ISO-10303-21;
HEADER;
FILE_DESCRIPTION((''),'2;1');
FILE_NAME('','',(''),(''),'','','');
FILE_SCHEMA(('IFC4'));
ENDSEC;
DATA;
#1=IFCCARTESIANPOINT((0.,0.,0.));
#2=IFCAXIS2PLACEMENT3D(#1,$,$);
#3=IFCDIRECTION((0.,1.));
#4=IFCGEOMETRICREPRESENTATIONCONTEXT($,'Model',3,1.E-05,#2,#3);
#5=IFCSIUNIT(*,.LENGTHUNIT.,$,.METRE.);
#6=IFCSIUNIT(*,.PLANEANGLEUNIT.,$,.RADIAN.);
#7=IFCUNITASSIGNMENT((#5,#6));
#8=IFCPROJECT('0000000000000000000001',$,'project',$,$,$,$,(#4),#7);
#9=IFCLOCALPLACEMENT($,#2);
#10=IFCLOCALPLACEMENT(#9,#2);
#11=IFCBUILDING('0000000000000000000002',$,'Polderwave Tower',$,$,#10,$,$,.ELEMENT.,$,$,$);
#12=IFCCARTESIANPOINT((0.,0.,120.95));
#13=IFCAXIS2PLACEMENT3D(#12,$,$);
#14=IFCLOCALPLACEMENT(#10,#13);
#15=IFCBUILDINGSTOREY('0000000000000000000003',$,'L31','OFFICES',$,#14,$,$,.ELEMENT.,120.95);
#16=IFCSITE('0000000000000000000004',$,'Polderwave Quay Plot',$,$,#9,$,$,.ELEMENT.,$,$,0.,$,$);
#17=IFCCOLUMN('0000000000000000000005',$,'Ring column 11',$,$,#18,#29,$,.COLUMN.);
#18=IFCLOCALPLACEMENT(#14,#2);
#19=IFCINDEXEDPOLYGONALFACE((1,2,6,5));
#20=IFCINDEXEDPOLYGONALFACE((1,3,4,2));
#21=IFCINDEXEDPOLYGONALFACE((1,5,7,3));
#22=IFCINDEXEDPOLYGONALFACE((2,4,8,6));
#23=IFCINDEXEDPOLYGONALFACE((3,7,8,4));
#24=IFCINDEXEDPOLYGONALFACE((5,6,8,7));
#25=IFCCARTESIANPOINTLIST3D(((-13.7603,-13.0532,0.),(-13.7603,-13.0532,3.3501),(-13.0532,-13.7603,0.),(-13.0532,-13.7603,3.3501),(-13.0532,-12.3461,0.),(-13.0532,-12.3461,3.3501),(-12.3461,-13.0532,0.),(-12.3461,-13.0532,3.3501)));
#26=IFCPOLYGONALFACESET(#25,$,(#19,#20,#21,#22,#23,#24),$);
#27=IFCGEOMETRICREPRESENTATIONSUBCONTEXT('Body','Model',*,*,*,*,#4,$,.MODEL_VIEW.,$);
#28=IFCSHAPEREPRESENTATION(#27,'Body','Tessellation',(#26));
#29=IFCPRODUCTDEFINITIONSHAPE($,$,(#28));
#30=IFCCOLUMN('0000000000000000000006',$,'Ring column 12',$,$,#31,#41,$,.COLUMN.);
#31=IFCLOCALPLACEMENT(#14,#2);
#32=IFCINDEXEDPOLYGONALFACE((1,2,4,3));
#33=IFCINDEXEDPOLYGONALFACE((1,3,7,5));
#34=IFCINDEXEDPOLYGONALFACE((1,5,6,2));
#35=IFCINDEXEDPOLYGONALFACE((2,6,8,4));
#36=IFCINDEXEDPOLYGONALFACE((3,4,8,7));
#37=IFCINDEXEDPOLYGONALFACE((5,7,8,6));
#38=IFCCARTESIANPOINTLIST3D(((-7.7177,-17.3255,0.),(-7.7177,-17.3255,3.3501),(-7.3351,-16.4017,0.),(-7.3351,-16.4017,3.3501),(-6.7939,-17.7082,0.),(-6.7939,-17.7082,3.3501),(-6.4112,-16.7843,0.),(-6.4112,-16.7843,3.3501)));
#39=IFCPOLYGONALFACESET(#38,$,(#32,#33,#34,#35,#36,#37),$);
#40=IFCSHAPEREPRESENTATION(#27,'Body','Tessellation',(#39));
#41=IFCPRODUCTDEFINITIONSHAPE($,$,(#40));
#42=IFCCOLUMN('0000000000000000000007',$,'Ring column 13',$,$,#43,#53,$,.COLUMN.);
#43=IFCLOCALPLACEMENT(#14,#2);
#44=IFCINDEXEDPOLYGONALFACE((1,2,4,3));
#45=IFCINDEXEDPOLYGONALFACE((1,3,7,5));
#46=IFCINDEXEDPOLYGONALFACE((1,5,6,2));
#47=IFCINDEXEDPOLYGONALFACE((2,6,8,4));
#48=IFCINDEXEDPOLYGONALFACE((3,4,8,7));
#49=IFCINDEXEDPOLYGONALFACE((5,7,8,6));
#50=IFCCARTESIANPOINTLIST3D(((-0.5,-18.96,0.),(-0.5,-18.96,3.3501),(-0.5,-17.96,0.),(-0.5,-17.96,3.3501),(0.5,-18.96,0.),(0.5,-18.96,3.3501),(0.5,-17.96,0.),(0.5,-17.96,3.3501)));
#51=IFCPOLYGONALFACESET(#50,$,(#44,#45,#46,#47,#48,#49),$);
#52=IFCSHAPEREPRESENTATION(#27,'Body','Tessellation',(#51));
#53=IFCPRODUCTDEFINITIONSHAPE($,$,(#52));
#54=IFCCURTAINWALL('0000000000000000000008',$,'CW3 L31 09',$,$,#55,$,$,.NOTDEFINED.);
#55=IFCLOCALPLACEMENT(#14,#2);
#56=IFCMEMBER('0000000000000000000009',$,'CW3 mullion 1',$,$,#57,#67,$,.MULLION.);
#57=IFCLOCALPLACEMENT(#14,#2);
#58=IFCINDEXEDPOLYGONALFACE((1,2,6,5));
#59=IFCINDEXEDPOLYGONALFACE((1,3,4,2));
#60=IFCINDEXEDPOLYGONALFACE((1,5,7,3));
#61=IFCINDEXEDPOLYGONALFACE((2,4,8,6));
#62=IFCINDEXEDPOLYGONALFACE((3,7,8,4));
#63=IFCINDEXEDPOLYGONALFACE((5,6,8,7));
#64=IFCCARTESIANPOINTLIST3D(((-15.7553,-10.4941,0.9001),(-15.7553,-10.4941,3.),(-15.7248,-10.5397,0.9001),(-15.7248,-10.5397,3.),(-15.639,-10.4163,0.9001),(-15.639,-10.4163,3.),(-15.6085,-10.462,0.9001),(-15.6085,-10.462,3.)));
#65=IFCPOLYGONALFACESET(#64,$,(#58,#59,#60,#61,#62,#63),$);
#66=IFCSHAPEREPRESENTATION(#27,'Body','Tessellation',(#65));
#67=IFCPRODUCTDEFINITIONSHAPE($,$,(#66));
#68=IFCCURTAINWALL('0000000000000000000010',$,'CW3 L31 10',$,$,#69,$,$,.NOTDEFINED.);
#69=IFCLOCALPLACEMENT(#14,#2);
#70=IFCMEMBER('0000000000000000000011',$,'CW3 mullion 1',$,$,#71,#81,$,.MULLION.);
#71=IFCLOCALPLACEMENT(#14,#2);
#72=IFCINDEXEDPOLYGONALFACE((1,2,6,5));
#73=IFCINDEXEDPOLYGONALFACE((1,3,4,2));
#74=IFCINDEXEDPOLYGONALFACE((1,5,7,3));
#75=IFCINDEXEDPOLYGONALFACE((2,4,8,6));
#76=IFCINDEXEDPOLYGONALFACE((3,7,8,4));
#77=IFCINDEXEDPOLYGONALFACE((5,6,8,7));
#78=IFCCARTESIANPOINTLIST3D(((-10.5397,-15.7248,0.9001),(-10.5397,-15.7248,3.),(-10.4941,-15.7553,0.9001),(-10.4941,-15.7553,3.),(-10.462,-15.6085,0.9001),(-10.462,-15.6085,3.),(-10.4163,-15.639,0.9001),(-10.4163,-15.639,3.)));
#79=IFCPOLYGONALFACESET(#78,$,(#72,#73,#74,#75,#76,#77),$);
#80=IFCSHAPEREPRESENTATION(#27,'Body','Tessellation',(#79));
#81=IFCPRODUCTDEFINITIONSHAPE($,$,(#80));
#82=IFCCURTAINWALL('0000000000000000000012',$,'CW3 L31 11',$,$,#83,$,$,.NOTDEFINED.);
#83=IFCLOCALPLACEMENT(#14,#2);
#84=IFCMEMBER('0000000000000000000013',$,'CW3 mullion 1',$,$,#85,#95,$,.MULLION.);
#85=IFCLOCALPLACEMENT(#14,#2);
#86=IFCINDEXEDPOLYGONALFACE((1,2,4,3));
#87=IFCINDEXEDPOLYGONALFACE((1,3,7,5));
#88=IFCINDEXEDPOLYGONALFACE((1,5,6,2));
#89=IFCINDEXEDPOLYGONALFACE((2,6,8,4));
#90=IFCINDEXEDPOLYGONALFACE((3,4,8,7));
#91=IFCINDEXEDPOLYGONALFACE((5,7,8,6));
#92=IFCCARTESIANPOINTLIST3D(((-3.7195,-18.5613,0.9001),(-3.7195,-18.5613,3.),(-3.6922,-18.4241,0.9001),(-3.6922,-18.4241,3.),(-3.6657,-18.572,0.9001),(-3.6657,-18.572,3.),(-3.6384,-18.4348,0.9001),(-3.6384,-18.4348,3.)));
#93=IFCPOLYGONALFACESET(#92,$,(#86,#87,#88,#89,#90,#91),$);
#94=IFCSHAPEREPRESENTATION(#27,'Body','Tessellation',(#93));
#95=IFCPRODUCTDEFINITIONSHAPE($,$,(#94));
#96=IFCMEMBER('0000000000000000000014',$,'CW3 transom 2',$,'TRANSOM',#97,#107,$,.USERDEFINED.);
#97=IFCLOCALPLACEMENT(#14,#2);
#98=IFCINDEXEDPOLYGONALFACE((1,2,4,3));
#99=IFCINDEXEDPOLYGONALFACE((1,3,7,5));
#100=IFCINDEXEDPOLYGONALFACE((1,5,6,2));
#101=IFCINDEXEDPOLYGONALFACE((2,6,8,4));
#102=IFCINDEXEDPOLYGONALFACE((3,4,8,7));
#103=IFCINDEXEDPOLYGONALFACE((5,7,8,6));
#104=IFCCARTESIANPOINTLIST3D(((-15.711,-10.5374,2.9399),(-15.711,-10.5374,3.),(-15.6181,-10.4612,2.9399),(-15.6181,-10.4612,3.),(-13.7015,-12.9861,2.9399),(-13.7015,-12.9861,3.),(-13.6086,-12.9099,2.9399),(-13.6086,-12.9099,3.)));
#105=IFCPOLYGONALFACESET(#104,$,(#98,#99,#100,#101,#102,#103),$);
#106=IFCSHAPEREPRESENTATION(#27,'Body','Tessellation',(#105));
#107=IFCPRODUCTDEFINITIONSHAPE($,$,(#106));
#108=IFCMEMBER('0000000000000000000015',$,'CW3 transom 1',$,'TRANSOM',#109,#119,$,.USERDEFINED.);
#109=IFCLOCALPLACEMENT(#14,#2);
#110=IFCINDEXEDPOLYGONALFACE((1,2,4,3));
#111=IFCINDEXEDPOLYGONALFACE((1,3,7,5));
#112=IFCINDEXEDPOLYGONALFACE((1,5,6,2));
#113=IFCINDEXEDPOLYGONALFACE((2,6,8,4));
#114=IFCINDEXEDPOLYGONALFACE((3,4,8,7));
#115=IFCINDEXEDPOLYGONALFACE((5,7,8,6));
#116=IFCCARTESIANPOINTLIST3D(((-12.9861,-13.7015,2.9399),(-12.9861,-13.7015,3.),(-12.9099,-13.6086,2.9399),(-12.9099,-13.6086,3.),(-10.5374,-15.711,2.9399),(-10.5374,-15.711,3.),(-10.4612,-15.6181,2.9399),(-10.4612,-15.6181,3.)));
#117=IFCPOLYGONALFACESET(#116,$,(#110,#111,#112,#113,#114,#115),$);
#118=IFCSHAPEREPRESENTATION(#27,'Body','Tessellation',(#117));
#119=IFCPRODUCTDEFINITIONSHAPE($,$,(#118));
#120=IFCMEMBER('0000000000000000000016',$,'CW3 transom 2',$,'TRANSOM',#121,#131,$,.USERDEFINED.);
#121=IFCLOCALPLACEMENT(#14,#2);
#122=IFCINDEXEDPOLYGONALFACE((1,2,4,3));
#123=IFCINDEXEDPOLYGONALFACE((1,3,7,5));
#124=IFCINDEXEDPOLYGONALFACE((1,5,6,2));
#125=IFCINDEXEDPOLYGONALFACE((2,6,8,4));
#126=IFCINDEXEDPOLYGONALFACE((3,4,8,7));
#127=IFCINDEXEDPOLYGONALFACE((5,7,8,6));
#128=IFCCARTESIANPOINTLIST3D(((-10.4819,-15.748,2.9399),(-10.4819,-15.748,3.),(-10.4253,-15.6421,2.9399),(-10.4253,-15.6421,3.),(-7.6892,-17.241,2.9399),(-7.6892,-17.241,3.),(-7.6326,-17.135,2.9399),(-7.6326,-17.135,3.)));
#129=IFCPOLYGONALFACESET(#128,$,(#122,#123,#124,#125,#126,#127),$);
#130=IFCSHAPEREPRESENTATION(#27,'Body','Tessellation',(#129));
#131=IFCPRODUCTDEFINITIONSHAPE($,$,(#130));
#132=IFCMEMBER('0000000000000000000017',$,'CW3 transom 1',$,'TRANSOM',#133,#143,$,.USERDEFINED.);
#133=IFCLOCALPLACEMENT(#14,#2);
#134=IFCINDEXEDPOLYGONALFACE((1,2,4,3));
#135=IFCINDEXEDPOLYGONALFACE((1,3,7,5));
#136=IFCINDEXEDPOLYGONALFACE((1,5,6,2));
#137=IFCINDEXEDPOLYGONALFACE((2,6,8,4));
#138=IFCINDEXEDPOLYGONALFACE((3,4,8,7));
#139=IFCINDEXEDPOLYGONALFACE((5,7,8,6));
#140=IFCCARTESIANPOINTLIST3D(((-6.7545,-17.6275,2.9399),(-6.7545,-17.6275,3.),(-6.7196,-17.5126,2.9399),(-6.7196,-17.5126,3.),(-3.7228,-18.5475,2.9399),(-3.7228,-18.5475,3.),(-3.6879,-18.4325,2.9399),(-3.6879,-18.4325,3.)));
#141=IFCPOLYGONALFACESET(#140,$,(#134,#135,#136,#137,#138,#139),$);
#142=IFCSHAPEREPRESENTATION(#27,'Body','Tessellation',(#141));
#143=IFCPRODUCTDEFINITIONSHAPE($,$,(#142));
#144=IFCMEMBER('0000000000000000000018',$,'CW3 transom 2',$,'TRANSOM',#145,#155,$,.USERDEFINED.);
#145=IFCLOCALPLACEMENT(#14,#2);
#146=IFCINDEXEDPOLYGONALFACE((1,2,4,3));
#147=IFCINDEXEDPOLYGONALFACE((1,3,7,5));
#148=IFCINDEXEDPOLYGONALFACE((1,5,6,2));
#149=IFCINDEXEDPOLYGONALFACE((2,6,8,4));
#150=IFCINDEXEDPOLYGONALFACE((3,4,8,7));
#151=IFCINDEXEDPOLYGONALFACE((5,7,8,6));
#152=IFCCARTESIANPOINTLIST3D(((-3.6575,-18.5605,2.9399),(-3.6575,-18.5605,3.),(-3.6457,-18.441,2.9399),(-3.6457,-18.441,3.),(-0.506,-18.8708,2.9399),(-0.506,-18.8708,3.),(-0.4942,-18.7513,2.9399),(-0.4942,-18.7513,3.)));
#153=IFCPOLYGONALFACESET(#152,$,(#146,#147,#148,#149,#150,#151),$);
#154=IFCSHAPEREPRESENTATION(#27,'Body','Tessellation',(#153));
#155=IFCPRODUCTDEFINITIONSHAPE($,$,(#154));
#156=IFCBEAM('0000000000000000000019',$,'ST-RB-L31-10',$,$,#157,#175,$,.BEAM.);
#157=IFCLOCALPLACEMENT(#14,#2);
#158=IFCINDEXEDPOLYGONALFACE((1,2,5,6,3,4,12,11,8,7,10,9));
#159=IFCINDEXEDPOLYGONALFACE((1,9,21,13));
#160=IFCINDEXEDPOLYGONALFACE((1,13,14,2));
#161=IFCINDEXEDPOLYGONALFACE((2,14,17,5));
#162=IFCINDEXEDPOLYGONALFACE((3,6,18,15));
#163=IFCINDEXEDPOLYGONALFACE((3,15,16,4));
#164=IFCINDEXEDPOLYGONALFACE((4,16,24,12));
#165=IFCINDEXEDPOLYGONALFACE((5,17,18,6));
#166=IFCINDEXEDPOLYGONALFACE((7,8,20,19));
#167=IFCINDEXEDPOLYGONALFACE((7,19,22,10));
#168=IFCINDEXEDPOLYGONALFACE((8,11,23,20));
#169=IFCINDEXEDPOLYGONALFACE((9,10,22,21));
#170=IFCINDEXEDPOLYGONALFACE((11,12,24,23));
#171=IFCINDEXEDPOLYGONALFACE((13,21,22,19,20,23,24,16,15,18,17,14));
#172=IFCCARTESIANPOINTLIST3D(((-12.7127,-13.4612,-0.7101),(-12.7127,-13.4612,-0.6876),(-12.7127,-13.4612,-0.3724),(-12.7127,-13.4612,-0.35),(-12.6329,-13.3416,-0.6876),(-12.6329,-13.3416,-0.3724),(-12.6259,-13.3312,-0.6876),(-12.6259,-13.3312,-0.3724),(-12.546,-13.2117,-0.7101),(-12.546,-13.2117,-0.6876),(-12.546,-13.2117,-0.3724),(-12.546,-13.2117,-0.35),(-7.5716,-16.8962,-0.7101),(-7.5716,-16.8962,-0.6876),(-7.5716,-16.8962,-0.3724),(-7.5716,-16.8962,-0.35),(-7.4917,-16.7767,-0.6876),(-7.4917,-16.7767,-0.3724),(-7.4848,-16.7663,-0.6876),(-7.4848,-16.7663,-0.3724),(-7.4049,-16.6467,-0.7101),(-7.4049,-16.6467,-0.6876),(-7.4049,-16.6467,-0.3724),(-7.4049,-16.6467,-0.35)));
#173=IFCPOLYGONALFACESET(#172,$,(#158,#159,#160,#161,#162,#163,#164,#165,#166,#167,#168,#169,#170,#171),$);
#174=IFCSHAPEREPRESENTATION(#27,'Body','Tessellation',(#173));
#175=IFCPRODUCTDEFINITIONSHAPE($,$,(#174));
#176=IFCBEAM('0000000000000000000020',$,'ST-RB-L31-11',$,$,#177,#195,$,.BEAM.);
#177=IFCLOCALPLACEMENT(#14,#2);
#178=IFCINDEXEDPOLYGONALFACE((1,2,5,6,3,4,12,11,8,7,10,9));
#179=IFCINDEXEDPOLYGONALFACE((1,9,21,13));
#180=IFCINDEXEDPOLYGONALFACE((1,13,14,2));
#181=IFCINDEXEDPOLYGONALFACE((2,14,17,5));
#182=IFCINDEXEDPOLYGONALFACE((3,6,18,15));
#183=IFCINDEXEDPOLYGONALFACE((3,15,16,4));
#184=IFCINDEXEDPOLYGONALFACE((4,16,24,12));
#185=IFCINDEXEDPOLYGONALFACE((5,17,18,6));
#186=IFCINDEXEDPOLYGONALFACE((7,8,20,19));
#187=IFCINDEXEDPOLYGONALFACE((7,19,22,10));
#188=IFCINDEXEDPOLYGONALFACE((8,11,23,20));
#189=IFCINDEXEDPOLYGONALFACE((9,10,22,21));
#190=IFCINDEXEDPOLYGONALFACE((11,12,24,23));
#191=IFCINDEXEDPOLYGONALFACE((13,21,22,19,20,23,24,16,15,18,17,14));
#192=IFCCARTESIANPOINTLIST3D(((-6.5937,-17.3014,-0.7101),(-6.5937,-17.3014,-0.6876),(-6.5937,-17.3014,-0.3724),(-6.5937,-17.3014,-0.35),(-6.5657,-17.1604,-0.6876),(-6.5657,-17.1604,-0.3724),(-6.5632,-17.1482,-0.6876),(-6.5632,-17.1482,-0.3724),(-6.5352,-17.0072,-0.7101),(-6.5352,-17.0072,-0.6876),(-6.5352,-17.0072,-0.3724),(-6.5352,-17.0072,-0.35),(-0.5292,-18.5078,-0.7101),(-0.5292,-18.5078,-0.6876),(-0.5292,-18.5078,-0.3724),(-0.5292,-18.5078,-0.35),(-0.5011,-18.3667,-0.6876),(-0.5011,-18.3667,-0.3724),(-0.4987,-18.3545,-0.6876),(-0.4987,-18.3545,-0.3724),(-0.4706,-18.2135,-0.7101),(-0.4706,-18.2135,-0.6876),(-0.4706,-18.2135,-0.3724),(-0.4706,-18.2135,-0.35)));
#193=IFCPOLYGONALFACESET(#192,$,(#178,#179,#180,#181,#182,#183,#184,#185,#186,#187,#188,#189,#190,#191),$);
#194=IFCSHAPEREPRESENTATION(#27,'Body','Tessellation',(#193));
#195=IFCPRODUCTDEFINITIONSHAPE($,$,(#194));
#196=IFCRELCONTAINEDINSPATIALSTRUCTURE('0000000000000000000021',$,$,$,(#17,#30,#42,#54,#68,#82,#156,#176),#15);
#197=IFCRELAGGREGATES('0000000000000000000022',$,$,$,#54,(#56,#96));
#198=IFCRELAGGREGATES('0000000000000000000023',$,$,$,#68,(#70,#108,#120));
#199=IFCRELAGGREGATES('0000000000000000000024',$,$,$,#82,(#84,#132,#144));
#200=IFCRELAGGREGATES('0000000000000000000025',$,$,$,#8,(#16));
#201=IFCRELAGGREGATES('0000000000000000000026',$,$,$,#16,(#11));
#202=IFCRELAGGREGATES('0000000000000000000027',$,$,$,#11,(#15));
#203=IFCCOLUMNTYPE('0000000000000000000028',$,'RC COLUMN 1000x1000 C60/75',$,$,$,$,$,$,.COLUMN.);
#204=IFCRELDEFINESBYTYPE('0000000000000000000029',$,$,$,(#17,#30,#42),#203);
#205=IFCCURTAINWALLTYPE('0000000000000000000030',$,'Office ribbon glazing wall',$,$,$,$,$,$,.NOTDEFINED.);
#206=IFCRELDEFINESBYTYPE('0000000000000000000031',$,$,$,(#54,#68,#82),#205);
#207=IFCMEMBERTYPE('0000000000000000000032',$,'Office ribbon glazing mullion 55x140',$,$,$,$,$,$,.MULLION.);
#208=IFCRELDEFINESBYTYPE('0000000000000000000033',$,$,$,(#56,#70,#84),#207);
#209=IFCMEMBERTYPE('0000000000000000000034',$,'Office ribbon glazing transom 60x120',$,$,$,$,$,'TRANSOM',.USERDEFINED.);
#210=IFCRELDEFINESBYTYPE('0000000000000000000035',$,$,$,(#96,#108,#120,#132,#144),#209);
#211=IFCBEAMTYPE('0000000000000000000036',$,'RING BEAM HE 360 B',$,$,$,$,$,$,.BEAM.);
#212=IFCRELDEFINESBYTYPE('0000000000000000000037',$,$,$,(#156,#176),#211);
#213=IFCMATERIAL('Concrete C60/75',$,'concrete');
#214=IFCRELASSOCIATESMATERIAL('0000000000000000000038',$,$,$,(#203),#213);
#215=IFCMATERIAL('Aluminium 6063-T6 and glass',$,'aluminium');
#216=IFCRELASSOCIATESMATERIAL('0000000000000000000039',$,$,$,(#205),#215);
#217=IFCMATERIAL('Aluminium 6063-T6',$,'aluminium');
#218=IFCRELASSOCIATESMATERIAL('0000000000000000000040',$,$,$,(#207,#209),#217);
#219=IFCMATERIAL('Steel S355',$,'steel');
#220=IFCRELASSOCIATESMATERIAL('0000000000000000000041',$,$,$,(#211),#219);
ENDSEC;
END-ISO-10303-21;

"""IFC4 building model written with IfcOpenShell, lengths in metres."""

from ifc_helpers import new_model, si_unit, direction, frame, origin, origin_2d, place, context, subcontext, project, spatial, rectangle, i_section, extrude, material, material_profile, profile_set, type_object, element, aggregate, save


model = new_model("IFC4")

# Units and contexts
model_context = context("Model", 3, precision=1e-05, world=origin(), true_north=direction((0.0, 1.0)))
body_context = subcontext(model_context, "Body", "Model", "MODEL_VIEW")
ifc_project = project(units=[si_unit("LENGTHUNIT", "METRE"), si_unit("PLANEANGLEUNIT", "RADIAN")], contexts=[model_context])

# Site, building, storey
site_placement = place(None, origin())
site = spatial("IfcSite", under=ifc_project, at=site_placement, Name="Polderwave Quay Plot", CompositionType="ELEMENT", RefElevation=0.0)
building_placement = place(site_placement, origin())
building = spatial("IfcBuilding", under=site, at=building_placement, Name="Polderwave Tower", CompositionType="ELEMENT")
storey_placement = place(building_placement, frame((0.0, 0.0, 120.95)))
storey = spatial("IfcBuildingStorey", under=building, at=storey_placement, Name="L31", Description="OFFICES", CompositionType="ELEMENT", Elevation=120.95)

# Columns
ifc_material_1 = material(Name="Concrete C60/75", Category="concrete")
ifc_material_profile_1 = material_profile(ifc_material_1, rectangle(XDim=1.0, YDim=1.0, at=origin_2d()), Name="RC 1000x1000")
ifc_profile_set_1 = profile_set([ifc_material_profile_1], Name="Concrete C60/75")
column_type = type_object("IfcColumnType", Name="RC COLUMN 1000x1000 C60/75", PredefinedType="COLUMN", material=ifc_profile_set_1)
for number, where, z_axis, x_axis, name in (
    (1, (-13.0532, -13.0532, 0.0), (0.0, 0.0, 1.0), (-0.707107, -0.707107, 0.0), "Ring column 11"),
    (2, (-7.0645, -17.0549, 0.0), (0.0, 0.0, 1.0), (-0.382683, -0.92388, 0.0), "Ring column 12"),
    (3, (0.0, -18.46, 0.0), (0.0, 0.0, 1.0), (0.0, -1.0, 0.0), "Ring column 13"),
):
    element("IfcColumn", number, at=place(storey_placement, frame(where, z_axis=z_axis, x_axis=x_axis)), inside=storey, type_object=column_type, Name=name, PredefinedType="COLUMN", context=body_context, shape_type="SweptSolid", body=[
        extrude(rectangle(XDim=1.0, YDim=1.0, at=origin_2d()), origin(), (0.0, 0.0, 1.0), 3.3501),
    ])

# Curtain walls, members
ifc_material_2 = material(Name="Aluminium 6063-T6 and glass", Category="aluminium")
curtain_wall_type = type_object("IfcCurtainWallType", Name="Office ribbon glazing wall", PredefinedType="NOTDEFINED", material=ifc_material_2)
curtain_wall_1_placement = place(storey_placement, origin())
curtain_wall_1 = element("IfcCurtainWall", 4, at=curtain_wall_1_placement, inside=storey, type_object=curtain_wall_type, Name="CW3 L31 09", PredefinedType="NOTDEFINED")
ifc_material_3 = material(Name="Aluminium 6063-T6", Category="aluminium")
ifc_material_profile_2 = material_profile(ifc_material_3, rectangle(XDim=0.1399, YDim=0.0549, at=origin_2d()), Name="AL 55x140")
ifc_profile_set_2 = profile_set([ifc_material_profile_2], Name="Aluminium 6063-T6")
member_type_1 = type_object("IfcMemberType", Name="Office ribbon glazing mullion 55x140", PredefinedType="MULLION", material=ifc_profile_set_2)
member_1_placement = place(storey_placement, frame((-15.6819, -10.478, 0.9001), z_axis=(0.0, 0.0, 1.0), x_axis=(0.831453, 0.555595, 0.0)))
member_1 = element("IfcMember", 5, at=member_1_placement, type_object=member_type_1, Name="CW3 mullion 1", PredefinedType="MULLION", context=body_context, shape_type="SweptSolid", body=[
    extrude(rectangle(XDim=0.1399, YDim=0.0549, at=origin_2d()), origin(), (0.0, 0.0, 1.0), 2.0999),
])
curtain_wall_2_placement = place(storey_placement, origin())
curtain_wall_2 = element("IfcCurtainWall", 6, at=curtain_wall_2_placement, inside=storey, type_object=curtain_wall_type, Name="CW3 L31 10", PredefinedType="NOTDEFINED")
member_2_placement = place(storey_placement, frame((-10.478, -15.6819, 0.9001), z_axis=(0.0, 0.0, 1.0), x_axis=(0.555595, 0.831453, 0.0)))
member_2 = element("IfcMember", 7, at=member_2_placement, type_object=member_type_1, Name="CW3 mullion 1", PredefinedType="MULLION", context=body_context, shape_type="SweptSolid", body=[
    extrude(rectangle(XDim=0.1399, YDim=0.0549, at=origin_2d()), origin(), (0.0, 0.0, 1.0), 2.0999),
])
curtain_wall_3_placement = place(storey_placement, origin())
curtain_wall_3 = element("IfcCurtainWall", 8, at=curtain_wall_3_placement, inside=storey, type_object=curtain_wall_type, Name="CW3 L31 11", PredefinedType="NOTDEFINED")
member_3_placement = place(storey_placement, frame((-3.679, -18.498, 0.9001), z_axis=(0.0, 0.0, 1.0), x_axis=(0.195128, 0.980778, 0.0)))
member_3 = element("IfcMember", 9, at=member_3_placement, type_object=member_type_1, Name="CW3 mullion 1", PredefinedType="MULLION", context=body_context, shape_type="SweptSolid", body=[
    extrude(rectangle(XDim=0.1399, YDim=0.0549, at=origin_2d()), origin(), (0.0, 0.0, 1.0), 2.0999),
])

# Members
ifc_material_profile_3 = material_profile(ifc_material_3, rectangle(XDim=0.1201, YDim=0.0601, at=origin_2d()), Name="AL 60x120")
ifc_profile_set_3 = profile_set([ifc_material_profile_3], Name="Aluminium 6063-T6")
member_type_2 = type_object("IfcMemberType", Name="Office ribbon glazing transom 60x120", ElementType="TRANSOM", PredefinedType="USERDEFINED", material=ifc_profile_set_3)
member_4_placement = place(storey_placement, frame((-15.6646, -10.4993, 2.97), z_axis=(0.634374, -0.773026, 0.0), x_axis=(0.773026, 0.634374, 0.0)))
member_4 = element("IfcMember", 10, at=member_4_placement, type_object=member_type_2, Name="CW3 transom 2", ObjectType="TRANSOM", PredefinedType="USERDEFINED", context=body_context, shape_type="SweptSolid", body=[
    extrude(rectangle(XDim=0.1201, YDim=0.0601, at=origin_2d()), origin(), (0.0, 0.0, 1.0), 3.1677),
])
member_5_placement = place(storey_placement, frame((-12.948, -13.655, 2.97), z_axis=(0.773026, -0.634374, 0.0), x_axis=(0.634374, 0.773026, 0.0)))
member_5 = element("IfcMember", 11, at=member_5_placement, type_object=member_type_2, Name="CW3 transom 1", ObjectType="TRANSOM", PredefinedType="USERDEFINED", context=body_context, shape_type="SweptSolid", body=[
    extrude(rectangle(XDim=0.1201, YDim=0.0601, at=origin_2d()), origin(), (0.0, 0.0, 1.0), 3.1677),
])
member_6_placement = place(storey_placement, frame((-10.4536, -15.6951, 2.97), z_axis=(0.881898, -0.47144, 0.0), x_axis=(0.47144, 0.881898, 0.0)))
member_6 = element("IfcMember", 12, at=member_6_placement, type_object=member_type_2, Name="CW3 transom 2", ObjectType="TRANSOM", PredefinedType="USERDEFINED", context=body_context, shape_type="SweptSolid", body=[
    extrude(rectangle(XDim=0.1201, YDim=0.0601, at=origin_2d()), origin(), (0.0, 0.0, 1.0), 3.1667),
])
member_7_placement = place(storey_placement, frame((-6.7371, -17.5701, 2.97), z_axis=(0.956918, -0.290358, 0.0), x_axis=(0.290358, 0.956918, 0.0)))
member_7 = element("IfcMember", 13, at=member_7_placement, type_object=member_type_2, Name="CW3 transom 1", ObjectType="TRANSOM", PredefinedType="USERDEFINED", context=body_context, shape_type="SweptSolid", body=[
    extrude(rectangle(XDim=0.1201, YDim=0.0601, at=origin_2d()), origin(), (0.0, 0.0, 1.0), 3.1682),
])
member_8_placement = place(storey_placement, frame((-3.6516, -18.5007, 2.97), z_axis=(0.995188, -0.097985, 0.0), x_axis=(0.097985, 0.995188, 0.0)))
member_8 = element("IfcMember", 14, at=member_8_placement, type_object=member_type_2, Name="CW3 transom 2", ObjectType="TRANSOM", PredefinedType="USERDEFINED", context=body_context, shape_type="SweptSolid", body=[
    extrude(rectangle(XDim=0.1201, YDim=0.0601, at=origin_2d()), origin(), (0.0, 0.0, 1.0), 3.1667),
])

# Beams
ifc_material_4 = material(Name="Steel S355", Category="steel")
ifc_material_profile_4 = material_profile(ifc_material_4, i_section(OverallWidth=0.3, OverallDepth=0.3601, WebThickness=0.0125, FlangeThickness=0.0225, at=origin_2d()), Name="HE 360 B")
ifc_profile_set_4 = profile_set([ifc_material_profile_4], Name="Steel S355")
beam_type = type_object("IfcBeamType", Name="RING BEAM HE 360 B", PredefinedType="BEAM", material=ifc_profile_set_4)
beam_1_placement = place(storey_placement, frame((-12.6294, -13.3364, -0.53), z_axis=(0.831479, -0.555556, 0.0), x_axis=(0.555556, 0.831479, 0.0)))
element("IfcBeam", 15, at=beam_1_placement, inside=storey, type_object=beam_type, Name="ST-RB-L31-10", PredefinedType="BEAM", context=body_context, shape_type="SweptSolid", body=[
    extrude(i_section(OverallWidth=0.3, OverallDepth=0.3601, WebThickness=0.0125, FlangeThickness=0.0225, at=origin_2d()), origin(), (0.0, 0.0, 1.0), 6.1831),
])
beam_2_placement = place(storey_placement, frame((-6.5645, -17.1543, -0.53), z_axis=(0.980785, -0.195091, 0.0), x_axis=(0.195091, 0.980785, 0.0)))
element("IfcBeam", 16, at=beam_2_placement, inside=storey, type_object=beam_type, Name="ST-RB-L31-11", PredefinedType="BEAM", context=body_context, shape_type="SweptSolid", body=[
    extrude(i_section(OverallWidth=0.3, OverallDepth=0.3601, WebThickness=0.0125, FlangeThickness=0.0225, at=origin_2d()), origin(), (0.0, 0.0, 1.0), 6.1833),
])

aggregate(curtain_wall_1, [member_1, member_4])
aggregate(curtain_wall_2, [member_2, member_5, member_6])
aggregate(curtain_wall_3, [member_3, member_7, member_8])

save(model, "model.ifc")
